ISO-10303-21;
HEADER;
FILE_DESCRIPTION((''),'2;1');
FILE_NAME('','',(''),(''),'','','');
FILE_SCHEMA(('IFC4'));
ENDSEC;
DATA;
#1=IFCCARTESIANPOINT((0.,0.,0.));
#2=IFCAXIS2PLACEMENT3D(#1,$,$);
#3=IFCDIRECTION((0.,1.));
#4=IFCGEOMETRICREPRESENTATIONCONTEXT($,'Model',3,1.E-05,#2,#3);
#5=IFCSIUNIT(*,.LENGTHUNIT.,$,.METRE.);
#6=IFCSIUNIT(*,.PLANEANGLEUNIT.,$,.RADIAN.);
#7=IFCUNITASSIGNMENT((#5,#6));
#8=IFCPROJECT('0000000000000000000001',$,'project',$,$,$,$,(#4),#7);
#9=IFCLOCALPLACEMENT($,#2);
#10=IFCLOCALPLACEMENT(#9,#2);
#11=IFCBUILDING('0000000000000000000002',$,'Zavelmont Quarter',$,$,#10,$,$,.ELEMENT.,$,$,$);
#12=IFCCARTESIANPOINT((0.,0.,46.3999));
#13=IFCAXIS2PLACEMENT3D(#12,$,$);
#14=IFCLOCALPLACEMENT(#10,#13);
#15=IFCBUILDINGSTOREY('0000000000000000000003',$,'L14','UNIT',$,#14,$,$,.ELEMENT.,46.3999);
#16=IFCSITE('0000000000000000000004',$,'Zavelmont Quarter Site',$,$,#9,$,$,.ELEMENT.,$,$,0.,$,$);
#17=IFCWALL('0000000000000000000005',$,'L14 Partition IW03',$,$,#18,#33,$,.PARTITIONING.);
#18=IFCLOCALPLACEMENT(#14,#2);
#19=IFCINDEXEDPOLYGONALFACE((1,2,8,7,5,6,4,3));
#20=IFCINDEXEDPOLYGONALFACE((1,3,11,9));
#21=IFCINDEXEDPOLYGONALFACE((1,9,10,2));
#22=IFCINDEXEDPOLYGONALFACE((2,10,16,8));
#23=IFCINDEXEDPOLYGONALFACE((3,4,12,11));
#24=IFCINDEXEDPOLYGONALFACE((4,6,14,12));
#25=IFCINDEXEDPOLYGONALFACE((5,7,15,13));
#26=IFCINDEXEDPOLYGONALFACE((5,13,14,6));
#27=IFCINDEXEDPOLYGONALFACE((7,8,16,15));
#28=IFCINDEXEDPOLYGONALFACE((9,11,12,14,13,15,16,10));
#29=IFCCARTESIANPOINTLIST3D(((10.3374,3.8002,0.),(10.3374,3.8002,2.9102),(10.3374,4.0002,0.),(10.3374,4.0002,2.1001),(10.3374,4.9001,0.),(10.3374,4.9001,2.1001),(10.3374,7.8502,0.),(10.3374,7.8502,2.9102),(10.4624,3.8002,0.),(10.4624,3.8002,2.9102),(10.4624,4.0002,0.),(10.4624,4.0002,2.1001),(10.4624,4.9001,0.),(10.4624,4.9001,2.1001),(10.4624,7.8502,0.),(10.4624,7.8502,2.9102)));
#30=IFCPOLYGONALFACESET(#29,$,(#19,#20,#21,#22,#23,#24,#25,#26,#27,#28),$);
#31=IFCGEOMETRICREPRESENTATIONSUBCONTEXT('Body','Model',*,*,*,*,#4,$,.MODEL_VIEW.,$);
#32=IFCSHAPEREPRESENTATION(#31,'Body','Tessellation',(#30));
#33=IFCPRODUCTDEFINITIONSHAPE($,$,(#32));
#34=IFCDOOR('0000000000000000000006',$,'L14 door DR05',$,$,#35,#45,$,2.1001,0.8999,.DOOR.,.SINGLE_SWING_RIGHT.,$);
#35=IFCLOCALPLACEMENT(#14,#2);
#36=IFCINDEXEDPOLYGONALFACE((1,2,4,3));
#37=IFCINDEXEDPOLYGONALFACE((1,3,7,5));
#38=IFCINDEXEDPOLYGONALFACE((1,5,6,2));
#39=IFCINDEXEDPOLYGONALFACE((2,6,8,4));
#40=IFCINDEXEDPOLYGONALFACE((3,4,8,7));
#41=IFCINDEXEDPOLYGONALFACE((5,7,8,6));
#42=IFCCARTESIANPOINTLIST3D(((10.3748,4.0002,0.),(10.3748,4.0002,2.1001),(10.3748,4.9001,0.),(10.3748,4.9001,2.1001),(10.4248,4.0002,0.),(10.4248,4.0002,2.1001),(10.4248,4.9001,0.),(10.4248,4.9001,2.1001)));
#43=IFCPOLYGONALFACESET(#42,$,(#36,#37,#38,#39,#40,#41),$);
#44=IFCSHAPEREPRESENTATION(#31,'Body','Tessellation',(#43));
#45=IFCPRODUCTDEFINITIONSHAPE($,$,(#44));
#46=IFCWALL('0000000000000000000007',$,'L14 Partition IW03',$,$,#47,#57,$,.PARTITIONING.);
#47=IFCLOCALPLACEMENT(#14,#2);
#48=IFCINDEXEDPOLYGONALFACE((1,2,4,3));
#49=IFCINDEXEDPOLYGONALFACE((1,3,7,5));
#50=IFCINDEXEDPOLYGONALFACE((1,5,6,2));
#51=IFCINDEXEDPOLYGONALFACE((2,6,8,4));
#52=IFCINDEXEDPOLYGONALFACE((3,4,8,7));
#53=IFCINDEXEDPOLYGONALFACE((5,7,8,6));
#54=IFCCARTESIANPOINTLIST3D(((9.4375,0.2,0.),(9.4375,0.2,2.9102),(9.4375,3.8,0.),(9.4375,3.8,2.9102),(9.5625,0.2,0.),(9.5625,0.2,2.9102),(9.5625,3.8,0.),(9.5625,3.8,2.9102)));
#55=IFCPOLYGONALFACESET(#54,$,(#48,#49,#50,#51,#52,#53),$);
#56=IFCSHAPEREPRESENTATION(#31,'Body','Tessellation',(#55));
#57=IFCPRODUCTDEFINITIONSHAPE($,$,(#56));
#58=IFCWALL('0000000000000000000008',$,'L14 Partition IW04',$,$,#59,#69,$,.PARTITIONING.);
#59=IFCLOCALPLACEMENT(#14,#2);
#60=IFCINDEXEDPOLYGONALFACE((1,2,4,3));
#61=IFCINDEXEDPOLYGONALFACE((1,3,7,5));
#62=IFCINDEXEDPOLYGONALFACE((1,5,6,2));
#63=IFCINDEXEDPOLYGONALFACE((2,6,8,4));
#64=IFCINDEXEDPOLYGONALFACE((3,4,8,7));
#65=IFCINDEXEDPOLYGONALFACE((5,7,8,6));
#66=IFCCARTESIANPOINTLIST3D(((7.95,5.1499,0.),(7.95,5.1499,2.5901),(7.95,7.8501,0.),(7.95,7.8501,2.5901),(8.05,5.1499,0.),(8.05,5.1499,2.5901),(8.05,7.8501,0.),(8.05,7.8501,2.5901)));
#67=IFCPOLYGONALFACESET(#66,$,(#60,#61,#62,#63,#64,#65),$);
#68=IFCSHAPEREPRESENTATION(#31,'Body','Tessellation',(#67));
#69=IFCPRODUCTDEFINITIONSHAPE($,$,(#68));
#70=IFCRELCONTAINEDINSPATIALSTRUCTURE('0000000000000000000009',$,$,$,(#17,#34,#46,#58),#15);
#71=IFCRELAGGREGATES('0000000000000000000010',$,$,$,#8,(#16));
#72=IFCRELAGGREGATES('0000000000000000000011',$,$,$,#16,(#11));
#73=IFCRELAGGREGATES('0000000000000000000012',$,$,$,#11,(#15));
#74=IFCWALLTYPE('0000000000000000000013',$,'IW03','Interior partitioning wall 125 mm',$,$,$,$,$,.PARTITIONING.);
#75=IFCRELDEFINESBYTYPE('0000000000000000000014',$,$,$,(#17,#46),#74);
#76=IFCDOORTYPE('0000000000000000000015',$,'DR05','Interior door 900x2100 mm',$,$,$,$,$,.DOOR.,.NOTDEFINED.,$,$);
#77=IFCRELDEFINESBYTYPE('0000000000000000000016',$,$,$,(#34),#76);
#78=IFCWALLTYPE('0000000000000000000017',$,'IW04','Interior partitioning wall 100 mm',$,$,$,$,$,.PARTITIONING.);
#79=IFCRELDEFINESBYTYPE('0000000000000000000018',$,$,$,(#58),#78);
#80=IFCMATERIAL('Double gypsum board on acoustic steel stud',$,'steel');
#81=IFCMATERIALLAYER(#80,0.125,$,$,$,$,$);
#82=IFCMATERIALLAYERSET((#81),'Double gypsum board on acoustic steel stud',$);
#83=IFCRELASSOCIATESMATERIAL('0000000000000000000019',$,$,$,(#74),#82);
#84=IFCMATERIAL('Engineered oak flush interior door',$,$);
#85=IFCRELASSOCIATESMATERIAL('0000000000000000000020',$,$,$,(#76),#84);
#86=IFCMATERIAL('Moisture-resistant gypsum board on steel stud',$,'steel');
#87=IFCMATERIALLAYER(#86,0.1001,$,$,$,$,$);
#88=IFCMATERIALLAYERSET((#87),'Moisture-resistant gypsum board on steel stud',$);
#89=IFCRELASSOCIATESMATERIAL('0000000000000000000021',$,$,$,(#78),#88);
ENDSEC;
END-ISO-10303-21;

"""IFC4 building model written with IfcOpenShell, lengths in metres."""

from ifc_helpers import new_model, si_unit, direction, frame, frame_2d, origin, origin_with_axes, place, context, subcontext, project, spatial, rectangle, extrude, material, layer, layer_set, type_object, element, fill, save


model = new_model("IFC4")

# Units and contexts
model_context = context("Model", 3, precision=1e-05, world=origin(), true_north=direction((0.0, 1.0)))
body_context = subcontext(model_context, "Body", "Model", "MODEL_VIEW")
ifc_project = project(units=[si_unit("LENGTHUNIT", "METRE"), si_unit("PLANEANGLEUNIT", "RADIAN")], contexts=[model_context])

# Site, building, storey
site_placement = place(None, origin())
site = spatial("IfcSite", under=ifc_project, at=site_placement, Name="Zavelmont Quarter Site", CompositionType="ELEMENT", RefElevation=0.0)
building_placement = place(site_placement, origin())
building = spatial("IfcBuilding", under=site, at=building_placement, Name="Zavelmont Quarter", CompositionType="ELEMENT")
storey_placement = place(building_placement, frame((0.0, 0.0, 46.3999)))
storey = spatial("IfcBuildingStorey", under=building, at=storey_placement, Name="L14", Description="UNIT", CompositionType="ELEMENT", Elevation=46.3999)

# Wall, opening, door
ifc_material_1 = material(Name="Double gypsum board on acoustic steel stud", Category="steel")
ifc_layer_1 = layer(ifc_material_1, 0.125)
ifc_layer_set_1 = layer_set([ifc_layer_1], Name="Double gypsum board on acoustic steel stud")
wall_type_1 = type_object("IfcWallType", Name="IW03", Description="Interior partitioning wall 125 mm", PredefinedType="PARTITIONING", material=ifc_layer_set_1)
wall_1_placement = place(storey_placement, frame((10.3999, 7.8501, 0.0), z_axis=(0.0, 0.0, 1.0), x_axis=(0.0, -1.0, 0.0)))
wall_1 = element("IfcWall", 1, at=wall_1_placement, inside=storey, type_object=wall_type_1, Name="L14 Partition IW03", PredefinedType="PARTITIONING", context=body_context, shape_type="SweptSolid", body=[
    extrude(rectangle(XDim=4.05, YDim=0.125, at=frame_2d((2.0249, 0.0))), origin(), (0.0, 0.0, 1.0), 2.9102),
])
opening_placement = place(wall_1_placement, frame((2.95, 0.0, 0.0)))
opening = element("IfcOpeningElement", 2, at=opening_placement, cuts=wall_1, PredefinedType="OPENING", context=body_context, shape_type="SweptSolid", body=[
    extrude(rectangle(XDim=0.8999, YDim=2.1001, at=frame_2d((0.45, 1.05))), frame((0.0, 0.0745, 0.0), z_axis=(0.0, -1.0, 0.0), x_axis=(1.0, 0.0, 0.0)), (0.0, 0.0, 1.0), 0.1489),
])
ifc_material_2 = material(Name="Engineered oak flush interior door")
door_type = type_object("IfcDoorType", Name="DR05", Description="Interior door 900x2100 mm", OperationType="NOTDEFINED", PredefinedType="DOOR", material=ifc_material_2)
door_placement = place(opening_placement, origin_with_axes())
door = element("IfcDoor", 3, at=door_placement, inside=storey, type_object=door_type, Name="L14 door DR05", OperationType="SINGLE_SWING_RIGHT", OverallHeight=2.1001, OverallWidth=0.8999, PredefinedType="DOOR", context=body_context, shape_type="SweptSolid", body=[
    extrude(rectangle(XDim=0.8999, YDim=2.1001, at=frame_2d((0.45, 1.05))), frame((0.0, 0.0249, 0.0), z_axis=(0.0, -1.0, 0.0), x_axis=(1.0, 0.0, 0.0)), (0.0, 0.0, 1.0), 0.05),
])
fill(opening, door)

# Walls
wall_2_placement = place(storey_placement, frame((9.5, 3.8, 0.0), z_axis=(0.0, 0.0, 1.0), x_axis=(0.0, -1.0, 0.0)))
element("IfcWall", 4, at=wall_2_placement, inside=storey, type_object=wall_type_1, Name="L14 Partition IW03", PredefinedType="PARTITIONING", context=body_context, shape_type="SweptSolid", body=[
    extrude(rectangle(XDim=3.6001, YDim=0.125, at=frame_2d((1.8, 0.0))), origin(), (0.0, 0.0, 1.0), 2.9102),
])
ifc_material_3 = material(Name="Moisture-resistant gypsum board on steel stud", Category="steel")
ifc_layer_2 = layer(ifc_material_3, 0.1001)
ifc_layer_set_2 = layer_set([ifc_layer_2], Name="Moisture-resistant gypsum board on steel stud")
wall_type_2 = type_object("IfcWallType", Name="IW04", Description="Interior partitioning wall 100 mm", PredefinedType="PARTITIONING", material=ifc_layer_set_2)
wall_3_placement = place(storey_placement, frame((8.0, 7.8501, 0.0), z_axis=(0.0, 0.0, 1.0), x_axis=(0.0, -1.0, 0.0)))
element("IfcWall", 5, at=wall_3_placement, inside=storey, type_object=wall_type_2, Name="L14 Partition IW04", PredefinedType="PARTITIONING", context=body_context, shape_type="SweptSolid", body=[
    extrude(rectangle(XDim=2.7002, YDim=0.1001, at=frame_2d((1.3501, 0.0))), origin(), (0.0, 0.0, 1.0), 2.5901),
])

save(model, "model.ifc")
